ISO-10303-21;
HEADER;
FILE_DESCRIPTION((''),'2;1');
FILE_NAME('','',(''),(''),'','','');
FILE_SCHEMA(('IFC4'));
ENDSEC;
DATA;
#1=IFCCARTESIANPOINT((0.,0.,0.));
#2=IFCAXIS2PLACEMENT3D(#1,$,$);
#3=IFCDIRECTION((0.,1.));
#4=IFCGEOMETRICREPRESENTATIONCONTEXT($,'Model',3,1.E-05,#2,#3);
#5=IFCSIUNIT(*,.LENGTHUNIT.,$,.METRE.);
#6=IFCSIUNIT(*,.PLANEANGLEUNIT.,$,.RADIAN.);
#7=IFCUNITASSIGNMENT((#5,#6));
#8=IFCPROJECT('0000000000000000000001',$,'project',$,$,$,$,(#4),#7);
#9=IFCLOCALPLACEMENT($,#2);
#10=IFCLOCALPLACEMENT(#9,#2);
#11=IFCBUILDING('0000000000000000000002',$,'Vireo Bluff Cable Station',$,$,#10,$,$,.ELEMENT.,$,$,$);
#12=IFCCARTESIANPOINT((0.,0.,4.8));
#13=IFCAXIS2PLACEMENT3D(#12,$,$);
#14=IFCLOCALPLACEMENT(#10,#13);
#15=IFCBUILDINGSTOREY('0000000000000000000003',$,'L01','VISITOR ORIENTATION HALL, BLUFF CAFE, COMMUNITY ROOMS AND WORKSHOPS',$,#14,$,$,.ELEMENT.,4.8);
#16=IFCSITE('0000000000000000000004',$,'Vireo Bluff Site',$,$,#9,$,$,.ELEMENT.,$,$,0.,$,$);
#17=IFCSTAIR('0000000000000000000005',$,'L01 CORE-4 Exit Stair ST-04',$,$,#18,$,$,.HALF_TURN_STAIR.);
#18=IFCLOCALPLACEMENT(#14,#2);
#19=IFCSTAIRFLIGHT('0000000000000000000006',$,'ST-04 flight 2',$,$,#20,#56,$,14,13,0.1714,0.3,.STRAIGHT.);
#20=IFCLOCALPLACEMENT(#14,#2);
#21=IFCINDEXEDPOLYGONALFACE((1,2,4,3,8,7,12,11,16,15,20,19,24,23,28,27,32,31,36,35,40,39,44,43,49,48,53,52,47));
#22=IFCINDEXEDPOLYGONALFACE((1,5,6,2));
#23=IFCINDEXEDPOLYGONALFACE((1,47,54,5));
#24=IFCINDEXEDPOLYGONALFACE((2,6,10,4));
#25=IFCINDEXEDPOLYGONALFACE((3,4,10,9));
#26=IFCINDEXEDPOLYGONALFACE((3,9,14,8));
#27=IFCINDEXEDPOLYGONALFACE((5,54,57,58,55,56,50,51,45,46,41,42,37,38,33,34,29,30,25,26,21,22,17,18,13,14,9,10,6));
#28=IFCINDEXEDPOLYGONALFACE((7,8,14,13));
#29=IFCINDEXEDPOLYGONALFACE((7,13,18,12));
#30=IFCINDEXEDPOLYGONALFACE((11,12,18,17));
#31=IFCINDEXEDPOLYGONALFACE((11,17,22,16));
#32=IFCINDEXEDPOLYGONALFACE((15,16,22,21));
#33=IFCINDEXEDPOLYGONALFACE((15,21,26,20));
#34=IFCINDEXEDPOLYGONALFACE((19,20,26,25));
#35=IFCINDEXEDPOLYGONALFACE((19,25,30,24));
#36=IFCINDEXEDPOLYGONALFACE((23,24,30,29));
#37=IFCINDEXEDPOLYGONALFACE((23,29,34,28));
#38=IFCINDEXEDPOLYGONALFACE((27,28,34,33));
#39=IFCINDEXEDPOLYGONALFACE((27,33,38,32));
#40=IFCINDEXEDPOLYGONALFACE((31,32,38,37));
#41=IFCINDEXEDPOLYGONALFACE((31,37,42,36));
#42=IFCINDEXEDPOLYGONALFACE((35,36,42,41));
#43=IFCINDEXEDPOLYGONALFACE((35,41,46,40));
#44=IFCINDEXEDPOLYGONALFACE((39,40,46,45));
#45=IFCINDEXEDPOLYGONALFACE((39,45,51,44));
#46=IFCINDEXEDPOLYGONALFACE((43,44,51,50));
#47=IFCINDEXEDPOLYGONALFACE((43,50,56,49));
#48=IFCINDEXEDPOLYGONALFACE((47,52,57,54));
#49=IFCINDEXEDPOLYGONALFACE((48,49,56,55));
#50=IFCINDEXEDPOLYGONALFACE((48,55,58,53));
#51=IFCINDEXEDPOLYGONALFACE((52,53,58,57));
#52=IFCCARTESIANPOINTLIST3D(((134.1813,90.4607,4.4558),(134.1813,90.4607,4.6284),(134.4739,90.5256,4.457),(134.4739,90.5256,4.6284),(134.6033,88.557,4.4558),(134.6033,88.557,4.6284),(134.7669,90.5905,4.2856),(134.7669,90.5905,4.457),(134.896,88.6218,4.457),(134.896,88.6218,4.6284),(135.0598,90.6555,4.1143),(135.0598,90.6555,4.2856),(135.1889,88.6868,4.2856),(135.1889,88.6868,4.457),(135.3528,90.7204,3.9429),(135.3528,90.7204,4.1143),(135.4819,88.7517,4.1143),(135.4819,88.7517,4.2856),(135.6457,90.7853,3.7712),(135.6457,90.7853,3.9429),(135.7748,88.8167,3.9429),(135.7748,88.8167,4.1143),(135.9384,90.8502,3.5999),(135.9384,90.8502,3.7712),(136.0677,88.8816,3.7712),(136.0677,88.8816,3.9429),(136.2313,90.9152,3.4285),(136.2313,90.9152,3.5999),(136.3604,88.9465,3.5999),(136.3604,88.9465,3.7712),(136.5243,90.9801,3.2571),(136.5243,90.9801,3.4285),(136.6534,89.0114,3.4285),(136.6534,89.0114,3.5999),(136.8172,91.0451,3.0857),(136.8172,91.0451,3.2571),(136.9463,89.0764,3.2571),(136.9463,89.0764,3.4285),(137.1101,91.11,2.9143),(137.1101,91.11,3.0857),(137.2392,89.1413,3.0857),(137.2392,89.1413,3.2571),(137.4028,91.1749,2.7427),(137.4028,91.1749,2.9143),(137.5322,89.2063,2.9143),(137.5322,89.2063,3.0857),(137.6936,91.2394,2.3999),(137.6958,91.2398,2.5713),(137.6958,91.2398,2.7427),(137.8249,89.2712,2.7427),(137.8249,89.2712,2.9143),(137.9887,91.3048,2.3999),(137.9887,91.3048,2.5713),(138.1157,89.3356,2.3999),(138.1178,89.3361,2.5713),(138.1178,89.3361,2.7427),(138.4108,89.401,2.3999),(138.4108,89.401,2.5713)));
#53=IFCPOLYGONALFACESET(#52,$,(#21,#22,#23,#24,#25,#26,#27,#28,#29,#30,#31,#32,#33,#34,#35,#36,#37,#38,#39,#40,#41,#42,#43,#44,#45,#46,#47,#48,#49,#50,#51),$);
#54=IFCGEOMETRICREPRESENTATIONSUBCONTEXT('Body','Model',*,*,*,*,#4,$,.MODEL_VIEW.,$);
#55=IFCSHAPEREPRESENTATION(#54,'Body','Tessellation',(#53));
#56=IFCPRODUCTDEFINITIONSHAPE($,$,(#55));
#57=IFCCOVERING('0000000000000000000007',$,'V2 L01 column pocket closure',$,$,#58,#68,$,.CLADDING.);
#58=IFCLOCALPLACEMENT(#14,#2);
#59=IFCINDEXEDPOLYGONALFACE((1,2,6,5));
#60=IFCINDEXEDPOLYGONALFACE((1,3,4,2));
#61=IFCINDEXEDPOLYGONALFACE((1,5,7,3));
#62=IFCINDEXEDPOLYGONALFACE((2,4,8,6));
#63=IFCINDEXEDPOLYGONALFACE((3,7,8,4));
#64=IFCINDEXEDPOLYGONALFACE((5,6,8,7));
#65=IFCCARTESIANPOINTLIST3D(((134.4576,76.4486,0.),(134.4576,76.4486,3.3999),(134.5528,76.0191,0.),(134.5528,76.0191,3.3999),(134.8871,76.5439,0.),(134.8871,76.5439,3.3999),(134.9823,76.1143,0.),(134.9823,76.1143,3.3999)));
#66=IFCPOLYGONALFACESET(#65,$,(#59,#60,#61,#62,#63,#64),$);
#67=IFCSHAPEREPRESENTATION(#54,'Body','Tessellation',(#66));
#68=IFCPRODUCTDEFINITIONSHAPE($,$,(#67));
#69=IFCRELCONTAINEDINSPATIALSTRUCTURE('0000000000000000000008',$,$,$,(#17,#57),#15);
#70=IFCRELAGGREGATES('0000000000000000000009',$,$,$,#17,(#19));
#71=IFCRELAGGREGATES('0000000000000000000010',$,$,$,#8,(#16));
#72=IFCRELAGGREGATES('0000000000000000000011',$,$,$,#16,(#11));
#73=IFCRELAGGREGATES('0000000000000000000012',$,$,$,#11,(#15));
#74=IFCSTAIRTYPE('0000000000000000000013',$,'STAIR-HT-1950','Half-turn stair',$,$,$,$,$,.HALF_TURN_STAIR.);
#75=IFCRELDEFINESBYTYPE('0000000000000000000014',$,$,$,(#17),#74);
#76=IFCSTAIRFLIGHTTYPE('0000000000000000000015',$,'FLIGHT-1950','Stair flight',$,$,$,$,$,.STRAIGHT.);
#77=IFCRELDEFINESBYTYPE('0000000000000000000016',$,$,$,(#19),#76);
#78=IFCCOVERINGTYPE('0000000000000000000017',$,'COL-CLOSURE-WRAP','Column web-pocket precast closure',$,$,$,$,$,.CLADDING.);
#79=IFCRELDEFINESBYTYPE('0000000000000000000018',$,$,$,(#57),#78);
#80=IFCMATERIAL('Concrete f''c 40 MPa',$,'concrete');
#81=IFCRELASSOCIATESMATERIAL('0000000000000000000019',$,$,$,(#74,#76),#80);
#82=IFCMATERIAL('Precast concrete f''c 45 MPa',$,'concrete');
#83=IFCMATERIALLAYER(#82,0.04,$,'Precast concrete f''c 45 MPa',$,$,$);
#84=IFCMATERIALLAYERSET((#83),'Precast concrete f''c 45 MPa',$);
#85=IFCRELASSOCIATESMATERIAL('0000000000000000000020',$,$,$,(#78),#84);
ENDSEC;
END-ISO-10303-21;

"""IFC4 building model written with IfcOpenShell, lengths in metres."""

from ifc_helpers import new_model, si_unit, direction, frame, origin, origin_2d, place, context, subcontext, project, spatial, polyline, rectangle, outline, extrude, material, layer, layer_set, type_object, element, aggregate, save


model = new_model("IFC4")

# Units and contexts
model_context = context("Model", 3, precision=1e-05, world=origin(), true_north=direction((0.0, 1.0)))
body_context = subcontext(model_context, "Body", "Model", "MODEL_VIEW")
ifc_project = project(units=[si_unit("LENGTHUNIT", "METRE"), si_unit("PLANEANGLEUNIT", "RADIAN")], contexts=[model_context])

# Site, building, storey
site_placement = place(None, origin())
site = spatial("IfcSite", under=ifc_project, at=site_placement, Name="Vireo Bluff Site", CompositionType="ELEMENT", RefElevation=0.0)
building_placement = place(site_placement, origin())
building = spatial("IfcBuilding", under=site, at=building_placement, Name="Vireo Bluff Cable Station", CompositionType="ELEMENT")
storey_placement = place(building_placement, frame((0.0, 0.0, 4.8)))
storey = spatial("IfcBuildingStorey", under=building, at=storey_placement, Name="L01", Description="VISITOR ORIENTATION HALL, BLUFF CAFE, COMMUNITY ROOMS AND WORKSHOPS", CompositionType="ELEMENT", Elevation=4.8)

# Shared definitions
ifc_material_1 = material(Name="Concrete f'c 40 MPa", Category="concrete")

# Stair, stair flight
stair_type = type_object("IfcStairType", Name="STAIR-HT-1950", Description="Half-turn stair", PredefinedType="HALF_TURN_STAIR", material=ifc_material_1)
stair_placement = place(storey_placement, origin())
stair = element("IfcStair", 1, at=stair_placement, inside=storey, type_object=stair_type, Name="L01 CORE-4 Exit Stair ST-04", PredefinedType="HALF_TURN_STAIR")
stair_flight_type = type_object("IfcStairFlightType", Name="FLIGHT-1950", Description="Stair flight", PredefinedType="STRAIGHT", material=ifc_material_1)
stair_flight_1_placement = place(storey_placement, frame((138.1997, 90.353, 2.3999), z_axis=(0.0, 0.0, 1.0), x_axis=(-0.976296, -0.21644, 0.0)))
stair_flight_1 = element("IfcStairFlight", 2, at=stair_flight_1_placement, type_object=stair_flight_type, Name="ST-04 flight 2", NumberOfRisers=14, NumberOfTreads=13, PredefinedType="STRAIGHT", RiserHeight=0.1714, TreadLength=0.3, context=body_context, shape_type="SweptSolid", body=[
    extrude(outline(polyline([(0.0, 0.0), (0.0, 0.1714), (0.3, 0.1714), (0.3, 0.3428), (0.6001, 0.3428), (0.6001, 0.5144), (0.8999, 0.5144), (0.8999, 0.6858), (1.2, 0.6858), (1.2, 0.8572), (1.5, 0.8572), (1.5, 1.0286), (1.8, 1.0286), (1.8, 1.2), (2.1001, 1.2), (2.1001, 1.3713), (2.3999, 1.3713), (2.3999, 1.543), (2.7, 1.543), (2.7, 1.7144), (3.0, 1.7144), (3.0, 1.8857), (3.3, 1.8857), (3.3, 2.0571), (3.6001, 2.0571), (3.6001, 2.2285), (3.8999, 2.2285), (3.8999, 2.3999), (3.8999, 2.0559), (0.3022, 0.0), (0.0, 0.0)])), frame((0.0, 0.9751, 0.0), z_axis=(0.0, -1.0, 0.0), x_axis=(1.0, 0.0, 0.0)), (0.0, 0.0, 1.0), 1.95),
])
aggregate(stair, [stair_flight_1])

# Covering
ifc_material_2 = material(Name="Precast concrete f'c 45 MPa", Category="concrete")
ifc_layer_1 = layer(ifc_material_2, 0.04, Name="Precast concrete f'c 45 MPa")
ifc_layer_set_1 = layer_set([ifc_layer_1], Name="Precast concrete f'c 45 MPa")
covering_type = type_object("IfcCoveringType", Name="COL-CLOSURE-WRAP", Description="Column web-pocket precast closure", PredefinedType="CLADDING", material=ifc_layer_set_1)
covering_placement = place(storey_placement, frame((134.72, 76.2815, 0.0), z_axis=(0.0, 0.0, 1.0), x_axis=(0.976296, 0.21644, 0.0)))
element("IfcCovering", 3, at=covering_placement, inside=storey, type_object=covering_type, Name="V2 L01 column pocket closure", PredefinedType="CLADDING", context=body_context, shape_type="SweptSolid", body=[
    extrude(rectangle(XDim=0.4399, YDim=0.4399, at=origin_2d()), origin(), (0.0, 0.0, 1.0), 3.3999),
])

save(model, "model.ifc")
